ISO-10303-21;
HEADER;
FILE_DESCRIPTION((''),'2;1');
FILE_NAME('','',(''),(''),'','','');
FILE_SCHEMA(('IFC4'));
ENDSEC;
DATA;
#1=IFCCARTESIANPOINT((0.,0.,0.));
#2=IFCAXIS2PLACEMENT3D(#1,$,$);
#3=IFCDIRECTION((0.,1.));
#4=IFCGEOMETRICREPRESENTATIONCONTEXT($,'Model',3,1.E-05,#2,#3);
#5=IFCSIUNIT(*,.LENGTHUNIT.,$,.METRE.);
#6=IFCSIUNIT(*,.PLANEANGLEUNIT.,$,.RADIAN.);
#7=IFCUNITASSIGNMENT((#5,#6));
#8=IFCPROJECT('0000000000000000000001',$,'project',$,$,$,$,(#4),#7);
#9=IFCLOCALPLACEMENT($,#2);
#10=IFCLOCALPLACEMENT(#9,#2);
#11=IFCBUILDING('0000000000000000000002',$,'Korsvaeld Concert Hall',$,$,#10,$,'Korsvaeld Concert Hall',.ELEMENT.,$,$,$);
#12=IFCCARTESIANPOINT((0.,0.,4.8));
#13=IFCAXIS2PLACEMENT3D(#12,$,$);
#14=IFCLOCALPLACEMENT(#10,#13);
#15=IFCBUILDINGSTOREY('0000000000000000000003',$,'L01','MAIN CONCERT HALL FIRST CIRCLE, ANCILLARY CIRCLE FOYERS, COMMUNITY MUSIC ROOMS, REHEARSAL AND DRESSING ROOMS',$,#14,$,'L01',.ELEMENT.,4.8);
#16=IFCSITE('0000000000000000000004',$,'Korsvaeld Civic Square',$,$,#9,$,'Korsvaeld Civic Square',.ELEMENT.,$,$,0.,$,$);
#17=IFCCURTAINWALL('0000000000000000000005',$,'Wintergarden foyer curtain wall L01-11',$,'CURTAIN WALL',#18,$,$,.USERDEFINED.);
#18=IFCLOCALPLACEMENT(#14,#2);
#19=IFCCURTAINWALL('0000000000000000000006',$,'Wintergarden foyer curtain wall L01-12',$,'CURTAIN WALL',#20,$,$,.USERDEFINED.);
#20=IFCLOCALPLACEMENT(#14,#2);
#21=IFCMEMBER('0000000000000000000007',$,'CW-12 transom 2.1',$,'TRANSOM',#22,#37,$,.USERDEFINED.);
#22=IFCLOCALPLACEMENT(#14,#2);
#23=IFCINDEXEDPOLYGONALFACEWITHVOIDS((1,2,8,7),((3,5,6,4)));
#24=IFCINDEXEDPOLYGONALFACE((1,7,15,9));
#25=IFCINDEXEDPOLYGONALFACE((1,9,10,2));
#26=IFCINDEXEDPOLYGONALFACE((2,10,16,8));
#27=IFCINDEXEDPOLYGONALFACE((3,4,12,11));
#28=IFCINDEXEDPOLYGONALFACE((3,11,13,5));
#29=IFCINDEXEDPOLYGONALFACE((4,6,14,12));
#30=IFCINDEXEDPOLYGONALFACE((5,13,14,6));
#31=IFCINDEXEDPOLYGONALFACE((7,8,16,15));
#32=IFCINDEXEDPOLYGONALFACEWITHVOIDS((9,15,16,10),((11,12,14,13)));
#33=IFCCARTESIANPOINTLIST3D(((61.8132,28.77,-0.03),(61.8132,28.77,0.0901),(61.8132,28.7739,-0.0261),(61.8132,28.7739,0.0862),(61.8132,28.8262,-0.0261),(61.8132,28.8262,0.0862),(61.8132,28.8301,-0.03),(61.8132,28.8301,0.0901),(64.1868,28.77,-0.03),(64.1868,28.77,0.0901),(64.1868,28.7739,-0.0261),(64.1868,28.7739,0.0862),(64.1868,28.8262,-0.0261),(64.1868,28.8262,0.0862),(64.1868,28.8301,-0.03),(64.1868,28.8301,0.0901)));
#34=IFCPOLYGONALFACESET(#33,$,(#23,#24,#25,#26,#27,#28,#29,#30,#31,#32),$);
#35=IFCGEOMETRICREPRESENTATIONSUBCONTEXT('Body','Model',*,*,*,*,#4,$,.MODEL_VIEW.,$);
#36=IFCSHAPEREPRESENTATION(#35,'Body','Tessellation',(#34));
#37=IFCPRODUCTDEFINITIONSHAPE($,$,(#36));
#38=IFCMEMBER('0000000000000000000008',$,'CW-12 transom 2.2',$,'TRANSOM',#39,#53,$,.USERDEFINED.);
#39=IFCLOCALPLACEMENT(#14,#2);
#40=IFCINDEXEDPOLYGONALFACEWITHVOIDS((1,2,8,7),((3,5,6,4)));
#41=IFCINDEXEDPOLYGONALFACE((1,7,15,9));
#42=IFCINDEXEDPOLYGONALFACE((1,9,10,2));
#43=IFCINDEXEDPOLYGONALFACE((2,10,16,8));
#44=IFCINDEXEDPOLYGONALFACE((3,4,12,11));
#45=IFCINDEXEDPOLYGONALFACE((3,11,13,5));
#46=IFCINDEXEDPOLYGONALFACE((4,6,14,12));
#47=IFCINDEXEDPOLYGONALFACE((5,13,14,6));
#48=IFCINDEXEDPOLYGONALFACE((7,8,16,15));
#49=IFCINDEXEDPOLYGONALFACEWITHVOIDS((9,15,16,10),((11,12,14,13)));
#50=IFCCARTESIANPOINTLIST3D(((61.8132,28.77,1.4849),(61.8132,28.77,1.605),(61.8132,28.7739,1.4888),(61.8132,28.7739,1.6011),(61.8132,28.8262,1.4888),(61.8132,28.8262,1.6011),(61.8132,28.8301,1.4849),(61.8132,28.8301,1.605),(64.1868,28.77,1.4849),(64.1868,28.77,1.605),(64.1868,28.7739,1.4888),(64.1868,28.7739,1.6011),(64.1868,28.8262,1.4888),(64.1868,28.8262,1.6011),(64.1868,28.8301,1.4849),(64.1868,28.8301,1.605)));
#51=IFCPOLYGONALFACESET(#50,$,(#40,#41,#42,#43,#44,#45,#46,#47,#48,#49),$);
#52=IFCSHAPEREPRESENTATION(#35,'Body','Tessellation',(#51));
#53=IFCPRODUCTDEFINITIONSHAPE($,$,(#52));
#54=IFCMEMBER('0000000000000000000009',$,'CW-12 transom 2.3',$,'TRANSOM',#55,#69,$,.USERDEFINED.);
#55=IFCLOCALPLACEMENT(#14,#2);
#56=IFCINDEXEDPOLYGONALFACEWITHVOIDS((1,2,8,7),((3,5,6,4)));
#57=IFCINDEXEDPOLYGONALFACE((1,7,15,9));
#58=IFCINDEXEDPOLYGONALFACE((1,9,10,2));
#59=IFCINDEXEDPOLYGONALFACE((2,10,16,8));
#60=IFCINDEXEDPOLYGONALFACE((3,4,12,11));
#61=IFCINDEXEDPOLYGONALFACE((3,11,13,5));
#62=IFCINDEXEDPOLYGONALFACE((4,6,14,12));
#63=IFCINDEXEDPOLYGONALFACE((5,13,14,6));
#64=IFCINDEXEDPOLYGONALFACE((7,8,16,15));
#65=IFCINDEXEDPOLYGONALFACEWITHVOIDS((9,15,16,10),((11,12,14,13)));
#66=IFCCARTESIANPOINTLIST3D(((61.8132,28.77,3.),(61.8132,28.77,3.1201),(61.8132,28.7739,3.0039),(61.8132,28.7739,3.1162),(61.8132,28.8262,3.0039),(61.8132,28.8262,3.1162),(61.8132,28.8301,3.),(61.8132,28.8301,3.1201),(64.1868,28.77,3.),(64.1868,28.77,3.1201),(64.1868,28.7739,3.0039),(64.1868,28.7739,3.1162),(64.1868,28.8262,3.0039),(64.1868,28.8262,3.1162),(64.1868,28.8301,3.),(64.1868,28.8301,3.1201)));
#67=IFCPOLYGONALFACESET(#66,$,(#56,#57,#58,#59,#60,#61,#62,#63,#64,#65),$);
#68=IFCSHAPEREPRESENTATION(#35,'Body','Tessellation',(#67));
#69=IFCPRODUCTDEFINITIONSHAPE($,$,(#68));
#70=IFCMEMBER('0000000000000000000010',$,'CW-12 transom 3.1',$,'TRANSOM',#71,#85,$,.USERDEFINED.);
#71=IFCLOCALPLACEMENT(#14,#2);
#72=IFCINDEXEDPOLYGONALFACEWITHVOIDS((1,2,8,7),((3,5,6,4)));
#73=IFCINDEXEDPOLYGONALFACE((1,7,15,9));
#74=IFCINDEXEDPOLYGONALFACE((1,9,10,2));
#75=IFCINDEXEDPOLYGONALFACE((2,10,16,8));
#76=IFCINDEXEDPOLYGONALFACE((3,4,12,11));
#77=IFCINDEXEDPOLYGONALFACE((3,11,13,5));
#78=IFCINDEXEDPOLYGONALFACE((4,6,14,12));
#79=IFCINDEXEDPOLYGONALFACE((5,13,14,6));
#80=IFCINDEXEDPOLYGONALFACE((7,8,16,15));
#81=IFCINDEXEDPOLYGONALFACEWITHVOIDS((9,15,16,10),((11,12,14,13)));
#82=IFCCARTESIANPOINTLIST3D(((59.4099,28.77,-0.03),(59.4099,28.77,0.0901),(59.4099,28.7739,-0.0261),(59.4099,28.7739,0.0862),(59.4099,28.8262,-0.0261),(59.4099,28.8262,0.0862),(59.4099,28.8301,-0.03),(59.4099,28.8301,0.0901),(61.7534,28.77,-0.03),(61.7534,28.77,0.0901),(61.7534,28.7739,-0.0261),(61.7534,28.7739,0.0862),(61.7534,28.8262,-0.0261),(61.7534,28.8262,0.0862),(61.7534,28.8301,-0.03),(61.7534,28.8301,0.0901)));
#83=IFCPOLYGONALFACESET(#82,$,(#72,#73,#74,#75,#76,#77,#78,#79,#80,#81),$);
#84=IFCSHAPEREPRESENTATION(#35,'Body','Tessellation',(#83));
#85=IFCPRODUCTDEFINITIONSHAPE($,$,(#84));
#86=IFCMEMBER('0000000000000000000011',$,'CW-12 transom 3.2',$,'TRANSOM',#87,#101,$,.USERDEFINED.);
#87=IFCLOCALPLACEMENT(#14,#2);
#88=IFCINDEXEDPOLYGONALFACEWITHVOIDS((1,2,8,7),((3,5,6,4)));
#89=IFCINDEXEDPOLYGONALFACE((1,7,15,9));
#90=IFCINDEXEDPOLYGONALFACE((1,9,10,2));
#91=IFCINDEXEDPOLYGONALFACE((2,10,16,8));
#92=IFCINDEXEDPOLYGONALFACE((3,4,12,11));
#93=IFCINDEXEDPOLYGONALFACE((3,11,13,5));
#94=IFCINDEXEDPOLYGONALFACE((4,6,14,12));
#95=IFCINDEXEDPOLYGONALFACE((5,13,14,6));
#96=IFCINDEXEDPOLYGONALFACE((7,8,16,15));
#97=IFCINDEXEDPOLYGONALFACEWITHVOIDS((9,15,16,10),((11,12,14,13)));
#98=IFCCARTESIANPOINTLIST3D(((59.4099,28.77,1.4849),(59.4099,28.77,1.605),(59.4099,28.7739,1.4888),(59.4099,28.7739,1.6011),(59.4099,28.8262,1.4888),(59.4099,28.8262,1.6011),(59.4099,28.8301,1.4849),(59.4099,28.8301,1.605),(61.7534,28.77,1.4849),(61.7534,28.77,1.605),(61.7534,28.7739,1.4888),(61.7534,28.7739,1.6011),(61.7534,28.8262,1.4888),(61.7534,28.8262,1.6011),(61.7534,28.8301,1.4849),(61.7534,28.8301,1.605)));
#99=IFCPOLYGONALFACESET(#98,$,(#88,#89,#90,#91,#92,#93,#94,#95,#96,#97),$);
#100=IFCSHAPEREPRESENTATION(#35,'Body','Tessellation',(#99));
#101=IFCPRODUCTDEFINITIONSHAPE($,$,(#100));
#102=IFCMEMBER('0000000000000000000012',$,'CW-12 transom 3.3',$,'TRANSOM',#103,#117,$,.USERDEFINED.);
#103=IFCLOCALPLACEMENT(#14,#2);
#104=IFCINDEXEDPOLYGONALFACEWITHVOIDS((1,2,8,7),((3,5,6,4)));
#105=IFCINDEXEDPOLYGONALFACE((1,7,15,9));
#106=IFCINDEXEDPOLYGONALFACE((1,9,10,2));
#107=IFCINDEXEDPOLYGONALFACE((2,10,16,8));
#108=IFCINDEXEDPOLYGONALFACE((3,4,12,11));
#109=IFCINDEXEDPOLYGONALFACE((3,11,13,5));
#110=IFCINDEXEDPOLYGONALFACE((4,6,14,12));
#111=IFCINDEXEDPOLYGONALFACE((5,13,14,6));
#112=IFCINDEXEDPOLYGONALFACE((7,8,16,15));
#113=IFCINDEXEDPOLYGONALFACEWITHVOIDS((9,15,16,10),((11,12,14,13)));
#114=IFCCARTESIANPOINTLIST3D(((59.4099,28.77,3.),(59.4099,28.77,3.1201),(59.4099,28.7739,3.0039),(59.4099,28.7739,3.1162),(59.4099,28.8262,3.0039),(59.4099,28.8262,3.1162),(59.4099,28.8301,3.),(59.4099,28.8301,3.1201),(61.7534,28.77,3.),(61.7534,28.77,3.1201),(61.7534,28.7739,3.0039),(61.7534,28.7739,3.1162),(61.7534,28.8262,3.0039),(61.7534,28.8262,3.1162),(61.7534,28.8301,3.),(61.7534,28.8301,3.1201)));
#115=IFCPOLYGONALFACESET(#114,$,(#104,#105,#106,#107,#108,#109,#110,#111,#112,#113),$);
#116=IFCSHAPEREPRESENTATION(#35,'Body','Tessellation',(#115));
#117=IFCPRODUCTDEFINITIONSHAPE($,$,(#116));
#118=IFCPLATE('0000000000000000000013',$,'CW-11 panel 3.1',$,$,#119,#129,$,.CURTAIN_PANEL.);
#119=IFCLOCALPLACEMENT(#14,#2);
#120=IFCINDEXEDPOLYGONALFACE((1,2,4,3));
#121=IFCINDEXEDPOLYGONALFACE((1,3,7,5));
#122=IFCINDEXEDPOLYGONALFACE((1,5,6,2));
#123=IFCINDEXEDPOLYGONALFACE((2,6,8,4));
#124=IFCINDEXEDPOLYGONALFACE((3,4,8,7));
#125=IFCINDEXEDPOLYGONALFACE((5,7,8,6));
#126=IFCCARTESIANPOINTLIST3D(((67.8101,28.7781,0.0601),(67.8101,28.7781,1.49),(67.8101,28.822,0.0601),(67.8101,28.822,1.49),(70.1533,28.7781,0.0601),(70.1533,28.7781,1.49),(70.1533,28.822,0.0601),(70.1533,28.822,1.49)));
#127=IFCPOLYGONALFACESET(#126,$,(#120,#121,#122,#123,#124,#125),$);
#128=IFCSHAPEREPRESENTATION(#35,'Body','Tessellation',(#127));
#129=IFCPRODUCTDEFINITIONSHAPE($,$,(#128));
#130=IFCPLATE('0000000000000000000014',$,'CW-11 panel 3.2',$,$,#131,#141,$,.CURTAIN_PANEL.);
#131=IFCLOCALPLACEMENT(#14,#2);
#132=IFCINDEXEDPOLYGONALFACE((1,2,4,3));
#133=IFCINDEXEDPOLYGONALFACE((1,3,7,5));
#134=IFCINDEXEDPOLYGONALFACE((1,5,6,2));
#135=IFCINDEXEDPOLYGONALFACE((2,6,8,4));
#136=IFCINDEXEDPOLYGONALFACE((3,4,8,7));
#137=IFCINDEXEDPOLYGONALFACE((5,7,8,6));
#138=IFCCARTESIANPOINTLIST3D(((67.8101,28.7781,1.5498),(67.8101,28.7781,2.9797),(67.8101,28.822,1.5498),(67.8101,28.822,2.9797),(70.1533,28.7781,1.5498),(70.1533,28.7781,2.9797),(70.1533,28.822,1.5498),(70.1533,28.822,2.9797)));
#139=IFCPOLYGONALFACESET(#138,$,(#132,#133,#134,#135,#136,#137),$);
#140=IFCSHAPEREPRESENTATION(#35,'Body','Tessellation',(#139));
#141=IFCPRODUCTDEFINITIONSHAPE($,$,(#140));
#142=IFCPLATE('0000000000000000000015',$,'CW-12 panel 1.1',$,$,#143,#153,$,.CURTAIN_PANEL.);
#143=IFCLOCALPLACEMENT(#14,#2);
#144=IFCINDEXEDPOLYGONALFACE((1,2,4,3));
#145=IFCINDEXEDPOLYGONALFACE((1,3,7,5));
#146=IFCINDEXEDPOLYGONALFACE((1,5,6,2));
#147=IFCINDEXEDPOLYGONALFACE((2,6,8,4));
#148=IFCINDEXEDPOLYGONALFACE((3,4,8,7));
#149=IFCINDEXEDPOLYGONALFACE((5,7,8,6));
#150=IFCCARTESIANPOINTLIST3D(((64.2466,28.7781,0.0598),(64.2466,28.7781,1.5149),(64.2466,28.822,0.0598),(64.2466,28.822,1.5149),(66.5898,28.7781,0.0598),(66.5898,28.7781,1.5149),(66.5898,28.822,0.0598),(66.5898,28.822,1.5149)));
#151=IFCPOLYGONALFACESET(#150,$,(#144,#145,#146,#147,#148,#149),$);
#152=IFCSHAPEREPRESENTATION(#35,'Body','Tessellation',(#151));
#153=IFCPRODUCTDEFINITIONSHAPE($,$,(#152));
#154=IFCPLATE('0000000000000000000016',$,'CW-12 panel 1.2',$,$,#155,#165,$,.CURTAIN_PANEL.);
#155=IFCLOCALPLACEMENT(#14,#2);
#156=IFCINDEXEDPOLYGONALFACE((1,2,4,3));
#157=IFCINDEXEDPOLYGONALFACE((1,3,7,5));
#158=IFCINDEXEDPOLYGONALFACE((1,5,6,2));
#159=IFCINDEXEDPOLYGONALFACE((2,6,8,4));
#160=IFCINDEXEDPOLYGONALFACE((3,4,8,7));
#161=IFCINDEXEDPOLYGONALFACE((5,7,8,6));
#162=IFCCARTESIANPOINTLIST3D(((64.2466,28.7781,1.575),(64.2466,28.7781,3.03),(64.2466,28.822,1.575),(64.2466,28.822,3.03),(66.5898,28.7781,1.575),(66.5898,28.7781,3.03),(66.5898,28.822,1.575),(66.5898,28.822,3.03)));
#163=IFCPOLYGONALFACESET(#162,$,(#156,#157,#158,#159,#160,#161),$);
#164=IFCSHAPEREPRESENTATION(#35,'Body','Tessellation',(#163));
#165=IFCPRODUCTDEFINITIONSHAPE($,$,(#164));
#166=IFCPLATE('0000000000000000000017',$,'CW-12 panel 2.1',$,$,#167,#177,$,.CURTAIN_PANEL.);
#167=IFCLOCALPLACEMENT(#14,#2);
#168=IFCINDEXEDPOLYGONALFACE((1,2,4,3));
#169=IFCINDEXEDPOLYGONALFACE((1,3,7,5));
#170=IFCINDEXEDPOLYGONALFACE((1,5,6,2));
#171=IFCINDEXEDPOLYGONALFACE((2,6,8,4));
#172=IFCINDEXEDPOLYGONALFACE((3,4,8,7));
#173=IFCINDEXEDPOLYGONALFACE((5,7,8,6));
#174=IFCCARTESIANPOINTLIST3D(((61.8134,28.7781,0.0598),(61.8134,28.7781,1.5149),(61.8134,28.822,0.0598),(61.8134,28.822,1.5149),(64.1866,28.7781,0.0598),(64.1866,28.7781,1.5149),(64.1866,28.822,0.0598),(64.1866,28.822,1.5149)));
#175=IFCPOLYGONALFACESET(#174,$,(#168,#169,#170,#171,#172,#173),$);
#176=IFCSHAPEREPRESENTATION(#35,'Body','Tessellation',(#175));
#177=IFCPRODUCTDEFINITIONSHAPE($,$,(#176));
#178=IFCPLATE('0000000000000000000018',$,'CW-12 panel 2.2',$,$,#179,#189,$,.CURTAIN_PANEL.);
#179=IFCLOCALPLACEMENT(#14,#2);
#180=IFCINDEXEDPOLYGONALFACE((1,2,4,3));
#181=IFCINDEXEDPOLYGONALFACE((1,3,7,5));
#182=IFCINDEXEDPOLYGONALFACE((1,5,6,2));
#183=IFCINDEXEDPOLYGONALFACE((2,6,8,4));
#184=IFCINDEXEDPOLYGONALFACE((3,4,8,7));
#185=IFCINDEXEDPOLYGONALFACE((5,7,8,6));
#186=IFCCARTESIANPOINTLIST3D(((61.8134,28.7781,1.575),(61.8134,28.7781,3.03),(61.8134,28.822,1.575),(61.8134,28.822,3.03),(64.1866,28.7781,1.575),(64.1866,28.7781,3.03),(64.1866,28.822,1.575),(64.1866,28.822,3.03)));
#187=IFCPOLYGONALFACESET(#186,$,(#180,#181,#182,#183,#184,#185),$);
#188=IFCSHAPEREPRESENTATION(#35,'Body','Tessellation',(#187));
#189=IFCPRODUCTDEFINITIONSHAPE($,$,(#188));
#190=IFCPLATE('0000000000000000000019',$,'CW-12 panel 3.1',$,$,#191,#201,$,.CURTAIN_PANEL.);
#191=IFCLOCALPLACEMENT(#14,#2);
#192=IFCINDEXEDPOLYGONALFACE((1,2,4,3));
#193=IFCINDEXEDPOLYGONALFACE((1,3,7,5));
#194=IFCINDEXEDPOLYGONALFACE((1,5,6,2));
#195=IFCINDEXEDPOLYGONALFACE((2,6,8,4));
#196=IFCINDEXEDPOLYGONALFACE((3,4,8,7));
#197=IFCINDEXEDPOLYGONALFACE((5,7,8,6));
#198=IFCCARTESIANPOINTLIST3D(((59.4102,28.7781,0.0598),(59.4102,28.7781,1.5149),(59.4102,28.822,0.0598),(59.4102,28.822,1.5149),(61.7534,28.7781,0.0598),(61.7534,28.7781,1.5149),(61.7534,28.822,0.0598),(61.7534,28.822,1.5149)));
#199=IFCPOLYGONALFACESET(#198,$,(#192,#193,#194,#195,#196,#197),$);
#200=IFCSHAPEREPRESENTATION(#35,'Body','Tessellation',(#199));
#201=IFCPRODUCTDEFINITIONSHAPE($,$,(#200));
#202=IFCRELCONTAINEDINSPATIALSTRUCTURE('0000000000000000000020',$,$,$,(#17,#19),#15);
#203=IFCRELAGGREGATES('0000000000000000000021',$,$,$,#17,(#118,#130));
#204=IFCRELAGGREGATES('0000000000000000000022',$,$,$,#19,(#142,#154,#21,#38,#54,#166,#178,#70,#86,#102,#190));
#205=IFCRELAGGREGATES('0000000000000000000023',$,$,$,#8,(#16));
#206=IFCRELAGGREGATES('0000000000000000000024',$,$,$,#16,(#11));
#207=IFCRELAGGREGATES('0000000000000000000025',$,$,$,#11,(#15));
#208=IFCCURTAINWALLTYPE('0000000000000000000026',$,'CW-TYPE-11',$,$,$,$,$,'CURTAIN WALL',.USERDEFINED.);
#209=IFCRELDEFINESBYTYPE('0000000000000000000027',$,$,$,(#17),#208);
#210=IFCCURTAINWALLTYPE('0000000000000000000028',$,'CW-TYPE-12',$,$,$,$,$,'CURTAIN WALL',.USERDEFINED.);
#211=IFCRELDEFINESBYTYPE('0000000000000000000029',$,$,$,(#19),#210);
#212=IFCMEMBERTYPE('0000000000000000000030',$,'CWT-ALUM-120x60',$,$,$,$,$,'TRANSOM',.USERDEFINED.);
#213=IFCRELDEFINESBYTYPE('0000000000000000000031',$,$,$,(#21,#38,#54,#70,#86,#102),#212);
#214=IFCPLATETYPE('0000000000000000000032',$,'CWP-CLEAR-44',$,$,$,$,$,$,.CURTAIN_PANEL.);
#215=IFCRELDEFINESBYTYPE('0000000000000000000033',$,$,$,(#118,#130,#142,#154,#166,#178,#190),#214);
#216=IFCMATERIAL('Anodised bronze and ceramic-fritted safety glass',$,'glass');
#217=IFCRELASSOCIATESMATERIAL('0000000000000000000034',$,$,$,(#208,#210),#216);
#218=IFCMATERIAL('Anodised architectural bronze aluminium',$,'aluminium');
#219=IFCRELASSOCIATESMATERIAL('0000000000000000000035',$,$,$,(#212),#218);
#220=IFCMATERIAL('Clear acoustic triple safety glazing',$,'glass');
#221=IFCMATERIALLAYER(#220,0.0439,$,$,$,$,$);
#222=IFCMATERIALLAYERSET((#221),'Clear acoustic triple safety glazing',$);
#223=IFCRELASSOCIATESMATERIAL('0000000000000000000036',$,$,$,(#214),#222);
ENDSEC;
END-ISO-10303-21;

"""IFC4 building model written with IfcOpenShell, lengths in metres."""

from ifc_helpers import new_model, si_unit, direction, frame, origin, origin_2d, place, context, subcontext, project, spatial, rectangle, hollow_rectangle, extrude, material, layer, layer_set, material_profile, profile_set, type_object, element, aggregate, save


model = new_model("IFC4")

# Units and contexts
model_context = context("Model", 3, precision=1e-05, world=origin(), true_north=direction((0.0, 1.0)))
body_context = subcontext(model_context, "Body", "Model", "MODEL_VIEW")
ifc_project = project(units=[si_unit("LENGTHUNIT", "METRE"), si_unit("PLANEANGLEUNIT", "RADIAN")], contexts=[model_context])

# Site, building, storey
site_placement = place(None, origin())
site = spatial("IfcSite", under=ifc_project, at=site_placement, Name="Korsvaeld Civic Square", LongName="Korsvaeld Civic Square", CompositionType="ELEMENT", RefElevation=0.0)
building_placement = place(site_placement, origin())
building = spatial("IfcBuilding", under=site, at=building_placement, Name="Korsvaeld Concert Hall", LongName="Korsvaeld Concert Hall", CompositionType="ELEMENT")
storey_placement = place(building_placement, frame((0.0, 0.0, 4.8)))
storey = spatial("IfcBuildingStorey", under=building, at=storey_placement, Name="L01", Description="MAIN CONCERT HALL FIRST CIRCLE, ANCILLARY CIRCLE FOYERS, COMMUNITY MUSIC ROOMS, REHEARSAL AND DRESSING ROOMS", LongName="L01", CompositionType="ELEMENT", Elevation=4.8)

# Curtain wall
ifc_material_1 = material(Name="Anodised bronze and ceramic-fritted safety glass", Category="glass")
curtain_wall_type_1 = type_object("IfcCurtainWallType", Name="CW-TYPE-11", ElementType="CURTAIN WALL", PredefinedType="USERDEFINED", material=ifc_material_1)
curtain_wall_1_placement = place(storey_placement, origin())
curtain_wall_1 = element("IfcCurtainWall", 1, at=curtain_wall_1_placement, inside=storey, type_object=curtain_wall_type_1, Name="Wintergarden foyer curtain wall L01-11", ObjectType="CURTAIN WALL", PredefinedType="USERDEFINED")
ifc_material_2 = material(Name="Anodised architectural bronze aluminium", Category="aluminium")

# Curtain wall, members
curtain_wall_type_2 = type_object("IfcCurtainWallType", Name="CW-TYPE-12", ElementType="CURTAIN WALL", PredefinedType="USERDEFINED", material=ifc_material_1)
curtain_wall_2_placement = place(storey_placement, origin())
curtain_wall_2 = element("IfcCurtainWall", 2, at=curtain_wall_2_placement, inside=storey, type_object=curtain_wall_type_2, Name="Wintergarden foyer curtain wall L01-12", ObjectType="CURTAIN WALL", PredefinedType="USERDEFINED")
ifc_material_profile_1 = material_profile(ifc_material_2, hollow_rectangle(XDim=0.0601, YDim=0.1201, WallThickness=0.0039, at=origin_2d()), Name="CWT 120x60x4")
ifc_profile_set_1 = profile_set([ifc_material_profile_1], Name="Anodised architectural bronze aluminium")
member_type_1 = type_object("IfcMemberType", Name="CWT-ALUM-120x60", ElementType="TRANSOM", PredefinedType="USERDEFINED", material=ifc_profile_set_1)
member_1_placement = place(storey_placement, frame((64.1868, 28.8, 0.03), z_axis=(-1.0, 0.0, 0.0), x_axis=(0.0, -1.0, 0.0)))
member_1 = element("IfcMember", 3, at=member_1_placement, type_object=member_type_1, Name="CW-12 transom 2.1", ObjectType="TRANSOM", PredefinedType="USERDEFINED", context=body_context, shape_type="SweptSolid", body=[
    extrude(hollow_rectangle(XDim=0.0601, YDim=0.1201, WallThickness=0.0039, at=origin_2d()), origin(), (0.0, 0.0, 1.0), 2.3735),
])
member_2_placement = place(storey_placement, frame((64.1868, 28.8, 1.5449), z_axis=(-1.0, 0.0, 0.0), x_axis=(0.0, -1.0, 0.0)))
member_2 = element("IfcMember", 4, at=member_2_placement, type_object=member_type_1, Name="CW-12 transom 2.2", ObjectType="TRANSOM", PredefinedType="USERDEFINED", context=body_context, shape_type="SweptSolid", body=[
    extrude(hollow_rectangle(XDim=0.0601, YDim=0.1201, WallThickness=0.0039, at=origin_2d()), origin(), (0.0, 0.0, 1.0), 2.3735),
])
member_3_placement = place(storey_placement, frame((64.1868, 28.8, 3.0601), z_axis=(-1.0, 0.0, 0.0), x_axis=(0.0, -1.0, 0.0)))
member_3 = element("IfcMember", 5, at=member_3_placement, type_object=member_type_1, Name="CW-12 transom 2.3", ObjectType="TRANSOM", PredefinedType="USERDEFINED", context=body_context, shape_type="SweptSolid", body=[
    extrude(hollow_rectangle(XDim=0.0601, YDim=0.1201, WallThickness=0.0039, at=origin_2d()), origin(), (0.0, 0.0, 1.0), 2.3735),
])
member_4_placement = place(storey_placement, frame((61.7534, 28.8, 0.03), z_axis=(-1.0, 0.0, 0.0), x_axis=(0.0, -1.0, 0.0)))
member_4 = element("IfcMember", 6, at=member_4_placement, type_object=member_type_1, Name="CW-12 transom 3.1", ObjectType="TRANSOM", PredefinedType="USERDEFINED", context=body_context, shape_type="SweptSolid", body=[
    extrude(hollow_rectangle(XDim=0.0601, YDim=0.1201, WallThickness=0.0039, at=origin_2d()), origin(), (0.0, 0.0, 1.0), 2.3435),
])
member_5_placement = place(storey_placement, frame((61.7534, 28.8, 1.5449), z_axis=(-1.0, 0.0, 0.0), x_axis=(0.0, -1.0, 0.0)))
member_5 = element("IfcMember", 7, at=member_5_placement, type_object=member_type_1, Name="CW-12 transom 3.2", ObjectType="TRANSOM", PredefinedType="USERDEFINED", context=body_context, shape_type="SweptSolid", body=[
    extrude(hollow_rectangle(XDim=0.0601, YDim=0.1201, WallThickness=0.0039, at=origin_2d()), origin(), (0.0, 0.0, 1.0), 2.3435),
])
member_6_placement = place(storey_placement, frame((61.7534, 28.8, 3.0601), z_axis=(-1.0, 0.0, 0.0), x_axis=(0.0, -1.0, 0.0)))
member_6 = element("IfcMember", 8, at=member_6_placement, type_object=member_type_1, Name="CW-12 transom 3.3", ObjectType="TRANSOM", PredefinedType="USERDEFINED", context=body_context, shape_type="SweptSolid", body=[
    extrude(hollow_rectangle(XDim=0.0601, YDim=0.1201, WallThickness=0.0039, at=origin_2d()), origin(), (0.0, 0.0, 1.0), 2.3435),
])

# Plates
ifc_material_3 = material(Name="Clear acoustic triple safety glazing", Category="glass")
ifc_layer_1 = layer(ifc_material_3, 0.0439)
ifc_layer_set_1 = layer_set([ifc_layer_1], Name="Clear acoustic triple safety glazing")
plate_type = type_object("IfcPlateType", Name="CWP-CLEAR-44", PredefinedType="CURTAIN_PANEL", material=ifc_layer_set_1)
plate_1_placement = place(storey_placement, frame((68.9817, 28.8, 0.0601), z_axis=(0.0, 0.0, 1.0), x_axis=(-1.0, 0.0, 0.0)))
plate_1 = element("IfcPlate", 9, at=plate_1_placement, type_object=plate_type, Name="CW-11 panel 3.1", PredefinedType="CURTAIN_PANEL", context=body_context, shape_type="SweptSolid", body=[
    extrude(rectangle(XDim=2.3433, YDim=0.0439, at=origin_2d()), origin(), (0.0, 0.0, 1.0), 1.4299),
])
plate_2_placement = place(storey_placement, frame((68.9817, 28.8, 1.5498), z_axis=(0.0, 0.0, 1.0), x_axis=(-1.0, 0.0, 0.0)))
plate_2 = element("IfcPlate", 10, at=plate_2_placement, type_object=plate_type, Name="CW-11 panel 3.2", PredefinedType="CURTAIN_PANEL", context=body_context, shape_type="SweptSolid", body=[
    extrude(rectangle(XDim=2.3433, YDim=0.0439, at=origin_2d()), origin(), (0.0, 0.0, 1.0), 1.4299),
])
aggregate(curtain_wall_1, [plate_1, plate_2])
plate_3_placement = place(storey_placement, frame((65.4182, 28.8, 0.0598), z_axis=(0.0, 0.0, 1.0), x_axis=(-1.0, 0.0, 0.0)))
plate_3 = element("IfcPlate", 11, at=plate_3_placement, type_object=plate_type, Name="CW-12 panel 1.1", PredefinedType="CURTAIN_PANEL", context=body_context, shape_type="SweptSolid", body=[
    extrude(rectangle(XDim=2.3433, YDim=0.0439, at=origin_2d()), origin(), (0.0, 0.0, 1.0), 1.4551),
])
plate_4_placement = place(storey_placement, frame((65.4182, 28.8, 1.575), z_axis=(0.0, 0.0, 1.0), x_axis=(-1.0, 0.0, 0.0)))
plate_4 = element("IfcPlate", 12, at=plate_4_placement, type_object=plate_type, Name="CW-12 panel 1.2", PredefinedType="CURTAIN_PANEL", context=body_context, shape_type="SweptSolid", body=[
    extrude(rectangle(XDim=2.3433, YDim=0.0439, at=origin_2d()), origin(), (0.0, 0.0, 1.0), 1.4551),
])
plate_5_placement = place(storey_placement, frame((63.0, 28.8, 0.0598), z_axis=(0.0, 0.0, 1.0), x_axis=(-1.0, 0.0, 0.0)))
plate_5 = element("IfcPlate", 13, at=plate_5_placement, type_object=plate_type, Name="CW-12 panel 2.1", PredefinedType="CURTAIN_PANEL", context=body_context, shape_type="SweptSolid", body=[
    extrude(rectangle(XDim=2.3733, YDim=0.0439, at=origin_2d()), origin(), (0.0, 0.0, 1.0), 1.4551),
])
plate_6_placement = place(storey_placement, frame((63.0, 28.8, 1.575), z_axis=(0.0, 0.0, 1.0), x_axis=(-1.0, 0.0, 0.0)))
plate_6 = element("IfcPlate", 14, at=plate_6_placement, type_object=plate_type, Name="CW-12 panel 2.2", PredefinedType="CURTAIN_PANEL", context=body_context, shape_type="SweptSolid", body=[
    extrude(rectangle(XDim=2.3733, YDim=0.0439, at=origin_2d()), origin(), (0.0, 0.0, 1.0), 1.4551),
])
plate_7_placement = place(storey_placement, frame((60.5818, 28.8, 0.0598), z_axis=(0.0, 0.0, 1.0), x_axis=(-1.0, 0.0, 0.0)))
plate_7 = element("IfcPlate", 15, at=plate_7_placement, type_object=plate_type, Name="CW-12 panel 3.1", PredefinedType="CURTAIN_PANEL", context=body_context, shape_type="SweptSolid", body=[
    extrude(rectangle(XDim=2.3433, YDim=0.0439, at=origin_2d()), origin(), (0.0, 0.0, 1.0), 1.4551),
])
aggregate(curtain_wall_2, [plate_3, plate_4, member_1, member_2, member_3, plate_5, plate_6, member_4, member_5, member_6, plate_7])

save(model, "model.ifc")
